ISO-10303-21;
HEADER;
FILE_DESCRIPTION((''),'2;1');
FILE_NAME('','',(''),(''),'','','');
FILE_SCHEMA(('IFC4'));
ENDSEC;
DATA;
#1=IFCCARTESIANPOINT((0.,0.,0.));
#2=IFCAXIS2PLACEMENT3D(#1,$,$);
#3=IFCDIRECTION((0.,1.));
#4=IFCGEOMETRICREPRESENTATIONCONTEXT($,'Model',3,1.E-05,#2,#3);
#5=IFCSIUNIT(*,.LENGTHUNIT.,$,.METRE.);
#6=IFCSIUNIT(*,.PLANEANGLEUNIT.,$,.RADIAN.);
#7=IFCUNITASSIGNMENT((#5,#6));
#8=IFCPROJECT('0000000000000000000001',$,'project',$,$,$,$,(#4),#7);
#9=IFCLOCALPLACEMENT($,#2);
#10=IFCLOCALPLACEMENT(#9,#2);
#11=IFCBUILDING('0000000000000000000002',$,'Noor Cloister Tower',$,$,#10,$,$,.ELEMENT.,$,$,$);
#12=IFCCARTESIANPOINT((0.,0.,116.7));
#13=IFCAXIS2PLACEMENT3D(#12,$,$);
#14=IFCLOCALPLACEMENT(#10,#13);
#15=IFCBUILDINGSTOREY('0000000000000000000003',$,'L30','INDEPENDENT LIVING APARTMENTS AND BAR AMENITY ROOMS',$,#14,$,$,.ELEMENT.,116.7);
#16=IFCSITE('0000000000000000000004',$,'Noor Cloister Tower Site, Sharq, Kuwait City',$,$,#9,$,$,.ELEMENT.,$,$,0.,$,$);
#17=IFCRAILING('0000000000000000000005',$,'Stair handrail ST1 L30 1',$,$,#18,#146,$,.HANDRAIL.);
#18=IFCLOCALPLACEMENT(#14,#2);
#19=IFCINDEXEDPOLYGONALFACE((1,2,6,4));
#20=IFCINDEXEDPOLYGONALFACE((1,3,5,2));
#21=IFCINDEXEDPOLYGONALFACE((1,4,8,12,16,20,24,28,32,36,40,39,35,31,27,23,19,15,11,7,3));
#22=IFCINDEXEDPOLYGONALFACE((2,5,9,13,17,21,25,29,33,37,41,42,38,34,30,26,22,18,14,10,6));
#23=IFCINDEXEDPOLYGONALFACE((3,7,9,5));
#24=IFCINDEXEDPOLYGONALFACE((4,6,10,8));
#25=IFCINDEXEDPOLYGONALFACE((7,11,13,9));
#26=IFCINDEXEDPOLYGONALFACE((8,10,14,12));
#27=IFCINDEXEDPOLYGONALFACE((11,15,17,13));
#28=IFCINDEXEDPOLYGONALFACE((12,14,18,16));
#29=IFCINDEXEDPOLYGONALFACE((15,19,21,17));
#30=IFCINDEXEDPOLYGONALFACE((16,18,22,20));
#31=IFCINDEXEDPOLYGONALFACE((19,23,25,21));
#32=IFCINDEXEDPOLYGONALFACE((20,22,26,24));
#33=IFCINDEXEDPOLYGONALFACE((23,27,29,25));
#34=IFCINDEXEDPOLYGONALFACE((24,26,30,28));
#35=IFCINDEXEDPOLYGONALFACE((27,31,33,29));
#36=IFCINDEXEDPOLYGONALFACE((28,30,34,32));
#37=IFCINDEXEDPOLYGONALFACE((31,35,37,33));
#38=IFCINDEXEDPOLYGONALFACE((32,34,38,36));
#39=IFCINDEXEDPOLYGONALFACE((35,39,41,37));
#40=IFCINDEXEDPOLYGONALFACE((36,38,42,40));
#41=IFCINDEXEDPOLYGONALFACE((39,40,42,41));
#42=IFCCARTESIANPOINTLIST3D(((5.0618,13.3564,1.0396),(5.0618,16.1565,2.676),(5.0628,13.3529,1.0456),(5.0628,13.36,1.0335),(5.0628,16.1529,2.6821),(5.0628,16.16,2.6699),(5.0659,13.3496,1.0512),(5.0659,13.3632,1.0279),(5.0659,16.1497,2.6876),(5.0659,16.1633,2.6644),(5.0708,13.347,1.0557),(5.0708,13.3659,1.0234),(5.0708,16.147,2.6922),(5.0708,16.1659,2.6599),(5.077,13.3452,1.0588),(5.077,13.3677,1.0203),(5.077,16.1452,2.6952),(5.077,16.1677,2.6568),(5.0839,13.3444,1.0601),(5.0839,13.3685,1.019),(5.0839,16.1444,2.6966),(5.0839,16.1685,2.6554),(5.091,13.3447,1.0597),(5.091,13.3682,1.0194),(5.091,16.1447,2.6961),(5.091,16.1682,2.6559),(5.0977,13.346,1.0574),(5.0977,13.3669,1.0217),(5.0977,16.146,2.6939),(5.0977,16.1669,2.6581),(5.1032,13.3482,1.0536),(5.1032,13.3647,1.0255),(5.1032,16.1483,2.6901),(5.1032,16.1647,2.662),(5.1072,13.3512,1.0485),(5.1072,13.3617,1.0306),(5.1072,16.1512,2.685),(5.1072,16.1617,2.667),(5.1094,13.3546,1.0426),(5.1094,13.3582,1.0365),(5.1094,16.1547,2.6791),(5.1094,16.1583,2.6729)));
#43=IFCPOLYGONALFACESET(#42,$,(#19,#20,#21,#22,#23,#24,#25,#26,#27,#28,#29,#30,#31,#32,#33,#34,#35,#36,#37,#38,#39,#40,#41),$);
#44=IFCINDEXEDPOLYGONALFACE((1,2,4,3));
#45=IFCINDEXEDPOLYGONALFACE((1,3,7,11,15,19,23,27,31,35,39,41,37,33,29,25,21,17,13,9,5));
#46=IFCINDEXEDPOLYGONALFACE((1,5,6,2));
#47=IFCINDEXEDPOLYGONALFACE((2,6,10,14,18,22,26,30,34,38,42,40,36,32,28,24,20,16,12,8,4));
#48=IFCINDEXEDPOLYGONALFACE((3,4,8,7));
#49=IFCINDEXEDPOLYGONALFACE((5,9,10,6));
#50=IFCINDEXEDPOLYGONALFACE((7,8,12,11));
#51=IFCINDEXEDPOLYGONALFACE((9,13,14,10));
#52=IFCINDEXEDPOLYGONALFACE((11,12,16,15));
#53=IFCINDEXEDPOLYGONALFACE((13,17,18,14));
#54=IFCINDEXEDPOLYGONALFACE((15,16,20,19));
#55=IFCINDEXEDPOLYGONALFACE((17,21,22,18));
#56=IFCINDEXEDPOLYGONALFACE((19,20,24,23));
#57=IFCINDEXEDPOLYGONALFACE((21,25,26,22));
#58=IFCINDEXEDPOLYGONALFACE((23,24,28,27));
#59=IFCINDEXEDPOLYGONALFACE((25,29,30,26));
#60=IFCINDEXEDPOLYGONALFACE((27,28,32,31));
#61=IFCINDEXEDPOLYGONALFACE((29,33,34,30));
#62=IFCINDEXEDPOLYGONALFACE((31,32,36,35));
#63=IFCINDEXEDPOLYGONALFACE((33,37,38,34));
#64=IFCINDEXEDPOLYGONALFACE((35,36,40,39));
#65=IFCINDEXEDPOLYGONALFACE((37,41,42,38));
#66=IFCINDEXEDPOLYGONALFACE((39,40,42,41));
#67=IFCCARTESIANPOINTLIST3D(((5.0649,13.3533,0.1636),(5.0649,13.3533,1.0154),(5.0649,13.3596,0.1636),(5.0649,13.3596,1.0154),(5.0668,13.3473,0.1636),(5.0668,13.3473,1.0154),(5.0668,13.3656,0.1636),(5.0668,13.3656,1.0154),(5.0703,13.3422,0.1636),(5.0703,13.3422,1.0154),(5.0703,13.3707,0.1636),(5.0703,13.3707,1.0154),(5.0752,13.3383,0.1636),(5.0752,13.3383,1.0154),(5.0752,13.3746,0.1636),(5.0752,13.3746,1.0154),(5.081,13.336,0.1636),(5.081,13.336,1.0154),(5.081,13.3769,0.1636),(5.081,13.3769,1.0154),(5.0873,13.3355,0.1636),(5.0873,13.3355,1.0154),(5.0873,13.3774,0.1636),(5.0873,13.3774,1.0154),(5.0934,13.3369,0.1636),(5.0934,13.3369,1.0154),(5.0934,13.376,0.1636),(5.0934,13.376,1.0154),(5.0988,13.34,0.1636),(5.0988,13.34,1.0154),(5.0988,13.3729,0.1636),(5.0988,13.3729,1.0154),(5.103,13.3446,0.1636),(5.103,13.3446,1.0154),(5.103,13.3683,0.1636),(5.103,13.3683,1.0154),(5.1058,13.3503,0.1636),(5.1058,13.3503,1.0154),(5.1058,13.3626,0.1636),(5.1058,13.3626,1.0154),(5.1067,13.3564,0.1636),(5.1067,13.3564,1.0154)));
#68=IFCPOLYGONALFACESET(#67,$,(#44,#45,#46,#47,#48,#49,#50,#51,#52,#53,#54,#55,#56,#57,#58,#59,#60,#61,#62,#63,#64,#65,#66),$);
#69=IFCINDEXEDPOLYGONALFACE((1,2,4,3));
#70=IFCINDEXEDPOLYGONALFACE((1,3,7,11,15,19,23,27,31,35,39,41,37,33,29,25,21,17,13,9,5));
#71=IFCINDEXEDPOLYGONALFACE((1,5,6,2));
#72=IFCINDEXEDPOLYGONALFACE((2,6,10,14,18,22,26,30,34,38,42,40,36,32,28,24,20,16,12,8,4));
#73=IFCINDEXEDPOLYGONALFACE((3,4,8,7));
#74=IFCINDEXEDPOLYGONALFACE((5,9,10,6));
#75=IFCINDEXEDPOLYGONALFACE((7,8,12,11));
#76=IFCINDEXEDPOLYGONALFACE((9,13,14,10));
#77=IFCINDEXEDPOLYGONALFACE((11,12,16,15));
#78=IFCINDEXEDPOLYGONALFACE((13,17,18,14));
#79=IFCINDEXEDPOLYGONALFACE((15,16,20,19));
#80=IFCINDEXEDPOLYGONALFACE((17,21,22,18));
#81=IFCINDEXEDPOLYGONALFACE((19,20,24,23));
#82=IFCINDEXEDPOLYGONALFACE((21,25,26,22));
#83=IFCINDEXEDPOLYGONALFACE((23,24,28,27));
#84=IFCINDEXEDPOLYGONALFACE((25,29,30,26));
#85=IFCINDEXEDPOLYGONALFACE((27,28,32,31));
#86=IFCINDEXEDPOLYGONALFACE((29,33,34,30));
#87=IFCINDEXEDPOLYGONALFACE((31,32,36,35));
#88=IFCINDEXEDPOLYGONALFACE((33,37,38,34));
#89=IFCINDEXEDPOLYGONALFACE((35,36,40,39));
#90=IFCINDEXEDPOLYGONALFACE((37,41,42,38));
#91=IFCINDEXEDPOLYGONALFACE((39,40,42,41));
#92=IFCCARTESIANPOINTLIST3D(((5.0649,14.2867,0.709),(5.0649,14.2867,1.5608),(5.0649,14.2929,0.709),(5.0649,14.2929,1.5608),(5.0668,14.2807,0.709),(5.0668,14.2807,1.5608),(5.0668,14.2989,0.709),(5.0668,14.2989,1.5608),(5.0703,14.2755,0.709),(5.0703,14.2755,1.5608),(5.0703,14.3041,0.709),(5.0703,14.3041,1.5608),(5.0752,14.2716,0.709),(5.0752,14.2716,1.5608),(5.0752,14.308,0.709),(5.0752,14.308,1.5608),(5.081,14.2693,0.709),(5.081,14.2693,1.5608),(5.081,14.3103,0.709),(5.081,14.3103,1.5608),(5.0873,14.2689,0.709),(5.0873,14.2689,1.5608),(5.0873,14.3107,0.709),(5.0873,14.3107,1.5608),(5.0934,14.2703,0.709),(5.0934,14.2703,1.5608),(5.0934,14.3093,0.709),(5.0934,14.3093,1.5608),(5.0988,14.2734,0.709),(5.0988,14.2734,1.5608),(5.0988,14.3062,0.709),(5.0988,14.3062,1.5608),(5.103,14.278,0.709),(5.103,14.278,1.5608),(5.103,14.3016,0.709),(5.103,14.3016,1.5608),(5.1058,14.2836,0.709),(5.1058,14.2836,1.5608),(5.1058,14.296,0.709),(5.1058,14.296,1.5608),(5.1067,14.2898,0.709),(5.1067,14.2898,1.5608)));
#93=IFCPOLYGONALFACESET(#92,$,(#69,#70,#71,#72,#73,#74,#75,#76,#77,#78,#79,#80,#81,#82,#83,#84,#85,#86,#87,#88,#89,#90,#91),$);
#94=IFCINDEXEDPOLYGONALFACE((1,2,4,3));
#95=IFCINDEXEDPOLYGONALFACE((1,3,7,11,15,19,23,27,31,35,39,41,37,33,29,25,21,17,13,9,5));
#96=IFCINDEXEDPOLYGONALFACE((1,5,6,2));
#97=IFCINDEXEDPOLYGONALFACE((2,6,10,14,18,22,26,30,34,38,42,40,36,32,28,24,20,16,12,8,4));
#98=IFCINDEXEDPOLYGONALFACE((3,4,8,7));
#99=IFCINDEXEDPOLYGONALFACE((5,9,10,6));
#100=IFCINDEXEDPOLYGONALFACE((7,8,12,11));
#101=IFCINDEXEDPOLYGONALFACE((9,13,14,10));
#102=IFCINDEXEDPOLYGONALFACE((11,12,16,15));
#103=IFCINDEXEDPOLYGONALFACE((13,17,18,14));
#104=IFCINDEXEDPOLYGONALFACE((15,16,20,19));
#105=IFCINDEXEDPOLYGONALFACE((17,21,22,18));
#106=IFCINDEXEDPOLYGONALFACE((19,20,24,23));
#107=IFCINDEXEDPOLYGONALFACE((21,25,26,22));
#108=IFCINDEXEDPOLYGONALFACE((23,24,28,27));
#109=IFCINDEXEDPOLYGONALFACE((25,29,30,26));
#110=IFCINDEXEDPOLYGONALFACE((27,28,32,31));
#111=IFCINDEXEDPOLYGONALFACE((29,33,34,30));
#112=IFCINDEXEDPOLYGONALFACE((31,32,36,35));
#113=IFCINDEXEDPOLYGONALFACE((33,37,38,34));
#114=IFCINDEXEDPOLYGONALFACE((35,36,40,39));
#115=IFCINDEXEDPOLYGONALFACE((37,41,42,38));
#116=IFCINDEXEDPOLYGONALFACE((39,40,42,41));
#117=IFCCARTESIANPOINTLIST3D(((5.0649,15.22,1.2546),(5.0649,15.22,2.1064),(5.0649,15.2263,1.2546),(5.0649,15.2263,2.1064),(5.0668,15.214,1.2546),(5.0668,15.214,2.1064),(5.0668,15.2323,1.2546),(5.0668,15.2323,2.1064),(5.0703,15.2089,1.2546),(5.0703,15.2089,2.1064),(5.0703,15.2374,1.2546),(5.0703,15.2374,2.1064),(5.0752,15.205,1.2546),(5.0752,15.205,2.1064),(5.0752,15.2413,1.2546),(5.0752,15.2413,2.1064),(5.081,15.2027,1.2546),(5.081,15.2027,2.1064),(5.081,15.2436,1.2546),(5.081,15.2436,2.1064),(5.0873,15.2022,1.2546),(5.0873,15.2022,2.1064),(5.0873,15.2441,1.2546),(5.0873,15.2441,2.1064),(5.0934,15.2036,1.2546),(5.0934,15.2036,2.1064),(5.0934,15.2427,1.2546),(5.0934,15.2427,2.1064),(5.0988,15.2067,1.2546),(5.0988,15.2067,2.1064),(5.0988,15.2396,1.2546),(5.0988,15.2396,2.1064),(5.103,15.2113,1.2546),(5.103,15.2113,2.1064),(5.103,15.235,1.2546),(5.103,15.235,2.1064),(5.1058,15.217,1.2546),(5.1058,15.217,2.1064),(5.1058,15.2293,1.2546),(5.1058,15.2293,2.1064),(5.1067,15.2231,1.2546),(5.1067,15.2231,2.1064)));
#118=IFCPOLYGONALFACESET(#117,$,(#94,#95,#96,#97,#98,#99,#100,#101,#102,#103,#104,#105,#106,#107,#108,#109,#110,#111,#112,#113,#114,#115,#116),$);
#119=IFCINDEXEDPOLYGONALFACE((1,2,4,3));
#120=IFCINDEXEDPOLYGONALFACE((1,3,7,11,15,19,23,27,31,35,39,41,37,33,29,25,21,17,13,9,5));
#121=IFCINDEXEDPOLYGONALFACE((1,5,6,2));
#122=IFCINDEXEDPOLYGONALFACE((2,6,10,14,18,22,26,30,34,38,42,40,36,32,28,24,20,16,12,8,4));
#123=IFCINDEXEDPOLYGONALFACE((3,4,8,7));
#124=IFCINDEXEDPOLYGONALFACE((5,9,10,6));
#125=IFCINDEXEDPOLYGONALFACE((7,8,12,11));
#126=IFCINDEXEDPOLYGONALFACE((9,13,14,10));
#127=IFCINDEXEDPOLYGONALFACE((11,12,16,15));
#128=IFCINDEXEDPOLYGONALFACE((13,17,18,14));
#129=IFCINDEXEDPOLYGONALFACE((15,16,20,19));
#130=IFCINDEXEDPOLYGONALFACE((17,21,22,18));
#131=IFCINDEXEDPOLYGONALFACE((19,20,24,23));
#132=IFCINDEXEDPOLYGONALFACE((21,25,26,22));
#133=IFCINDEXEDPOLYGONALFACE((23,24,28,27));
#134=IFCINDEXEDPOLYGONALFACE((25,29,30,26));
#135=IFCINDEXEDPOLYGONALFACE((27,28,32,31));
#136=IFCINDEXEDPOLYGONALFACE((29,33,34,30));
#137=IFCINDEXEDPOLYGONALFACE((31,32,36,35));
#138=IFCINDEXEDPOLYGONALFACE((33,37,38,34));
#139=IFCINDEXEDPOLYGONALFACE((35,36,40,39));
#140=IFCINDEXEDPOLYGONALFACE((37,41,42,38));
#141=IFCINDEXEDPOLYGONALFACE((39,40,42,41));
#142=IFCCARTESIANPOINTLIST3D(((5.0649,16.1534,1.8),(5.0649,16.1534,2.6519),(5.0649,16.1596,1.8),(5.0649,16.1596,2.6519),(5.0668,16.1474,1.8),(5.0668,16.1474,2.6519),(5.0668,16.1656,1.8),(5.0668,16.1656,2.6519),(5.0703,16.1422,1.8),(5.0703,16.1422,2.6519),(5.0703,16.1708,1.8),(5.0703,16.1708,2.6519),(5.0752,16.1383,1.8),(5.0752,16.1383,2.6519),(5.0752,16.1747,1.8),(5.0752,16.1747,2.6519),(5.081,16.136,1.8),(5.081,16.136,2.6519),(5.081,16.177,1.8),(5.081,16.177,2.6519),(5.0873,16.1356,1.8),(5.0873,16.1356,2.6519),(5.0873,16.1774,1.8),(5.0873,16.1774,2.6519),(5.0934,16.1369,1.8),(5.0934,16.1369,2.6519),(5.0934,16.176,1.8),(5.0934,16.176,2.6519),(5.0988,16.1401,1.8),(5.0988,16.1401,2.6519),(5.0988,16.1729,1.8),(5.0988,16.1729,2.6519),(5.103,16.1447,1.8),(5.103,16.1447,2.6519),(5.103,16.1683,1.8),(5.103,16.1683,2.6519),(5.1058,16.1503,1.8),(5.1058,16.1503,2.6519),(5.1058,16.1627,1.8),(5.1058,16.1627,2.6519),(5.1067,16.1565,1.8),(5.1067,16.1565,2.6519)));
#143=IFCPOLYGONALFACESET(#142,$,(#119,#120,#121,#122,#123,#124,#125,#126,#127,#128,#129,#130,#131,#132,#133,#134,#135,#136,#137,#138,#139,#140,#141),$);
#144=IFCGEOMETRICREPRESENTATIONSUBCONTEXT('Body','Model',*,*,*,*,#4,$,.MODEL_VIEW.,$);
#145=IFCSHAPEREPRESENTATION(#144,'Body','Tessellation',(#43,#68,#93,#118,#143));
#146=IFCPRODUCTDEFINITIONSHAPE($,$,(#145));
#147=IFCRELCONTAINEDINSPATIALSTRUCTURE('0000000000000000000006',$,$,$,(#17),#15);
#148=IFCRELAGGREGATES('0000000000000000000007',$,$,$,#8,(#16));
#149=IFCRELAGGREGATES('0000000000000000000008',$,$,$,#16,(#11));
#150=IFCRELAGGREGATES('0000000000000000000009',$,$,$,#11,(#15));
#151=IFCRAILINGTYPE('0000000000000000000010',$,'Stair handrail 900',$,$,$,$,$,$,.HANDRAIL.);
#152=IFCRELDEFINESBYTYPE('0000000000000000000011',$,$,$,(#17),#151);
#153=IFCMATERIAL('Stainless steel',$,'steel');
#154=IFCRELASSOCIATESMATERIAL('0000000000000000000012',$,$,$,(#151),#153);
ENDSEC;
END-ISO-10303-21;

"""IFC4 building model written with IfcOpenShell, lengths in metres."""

from ifc_helpers import new_model, si_unit, direction, frame, origin, origin_2d, place, context, subcontext, project, spatial, circle, extrude, material, type_object, element, save


model = new_model("IFC4")

# Units and contexts
model_context = context("Model", 3, precision=1e-05, world=origin(), true_north=direction((0.0, 1.0)))
body_context = subcontext(model_context, "Body", "Model", "MODEL_VIEW")
ifc_project = project(units=[si_unit("LENGTHUNIT", "METRE"), si_unit("PLANEANGLEUNIT", "RADIAN")], contexts=[model_context])

# Site, building, storey
site_placement = place(None, origin())
site = spatial("IfcSite", under=ifc_project, at=site_placement, Name="Noor Cloister Tower Site, Sharq, Kuwait City", CompositionType="ELEMENT", RefElevation=0.0)
building_placement = place(site_placement, origin())
building = spatial("IfcBuilding", under=site, at=building_placement, Name="Noor Cloister Tower", CompositionType="ELEMENT")
storey_placement = place(building_placement, frame((0.0, 0.0, 116.7)))
storey = spatial("IfcBuildingStorey", under=building, at=storey_placement, Name="L30", Description="INDEPENDENT LIVING APARTMENTS AND BAR AMENITY ROOMS", CompositionType="ELEMENT", Elevation=116.7)

# Railing
ifc_material_1 = material(Name="Stainless steel", Category="steel")
railing_type_1 = type_object("IfcRailingType", Name="Stair handrail 900", PredefinedType="HANDRAIL", material=ifc_material_1)
railing_1_placement = place(storey_placement, frame((5.0857, 13.3564, 0.1636)))
element("IfcRailing", 1, at=railing_1_placement, inside=storey, type_object=railing_type_1, Name="Stair handrail ST1 L30 1", PredefinedType="HANDRAIL", context=body_context, shape_type="SweptSolid", body=[
    extrude(circle(Radius=0.0239, at=origin_2d()), frame((0.0, 0.0, 0.876), z_axis=(0.0, 0.863361, 0.504587), x_axis=(-1.0, 0.0, 0.0)), (0.0, 0.0, 1.0), 3.2432),
    extrude(circle(Radius=0.021, at=origin_2d()), origin(), (0.0, 0.0, 1.0), 0.8518),
    extrude(circle(Radius=0.021, at=origin_2d()), frame((0.0, 0.9333, 0.5454)), (0.0, 0.0, 1.0), 0.8518),
    extrude(circle(Radius=0.021, at=origin_2d()), frame((0.0, 1.8667, 1.0911)), (0.0, 0.0, 1.0), 0.8518),
    extrude(circle(Radius=0.021, at=origin_2d()), frame((0.0, 2.8, 1.6365)), (0.0, 0.0, 1.0), 0.8518),
])

save(model, "model.ifc")
